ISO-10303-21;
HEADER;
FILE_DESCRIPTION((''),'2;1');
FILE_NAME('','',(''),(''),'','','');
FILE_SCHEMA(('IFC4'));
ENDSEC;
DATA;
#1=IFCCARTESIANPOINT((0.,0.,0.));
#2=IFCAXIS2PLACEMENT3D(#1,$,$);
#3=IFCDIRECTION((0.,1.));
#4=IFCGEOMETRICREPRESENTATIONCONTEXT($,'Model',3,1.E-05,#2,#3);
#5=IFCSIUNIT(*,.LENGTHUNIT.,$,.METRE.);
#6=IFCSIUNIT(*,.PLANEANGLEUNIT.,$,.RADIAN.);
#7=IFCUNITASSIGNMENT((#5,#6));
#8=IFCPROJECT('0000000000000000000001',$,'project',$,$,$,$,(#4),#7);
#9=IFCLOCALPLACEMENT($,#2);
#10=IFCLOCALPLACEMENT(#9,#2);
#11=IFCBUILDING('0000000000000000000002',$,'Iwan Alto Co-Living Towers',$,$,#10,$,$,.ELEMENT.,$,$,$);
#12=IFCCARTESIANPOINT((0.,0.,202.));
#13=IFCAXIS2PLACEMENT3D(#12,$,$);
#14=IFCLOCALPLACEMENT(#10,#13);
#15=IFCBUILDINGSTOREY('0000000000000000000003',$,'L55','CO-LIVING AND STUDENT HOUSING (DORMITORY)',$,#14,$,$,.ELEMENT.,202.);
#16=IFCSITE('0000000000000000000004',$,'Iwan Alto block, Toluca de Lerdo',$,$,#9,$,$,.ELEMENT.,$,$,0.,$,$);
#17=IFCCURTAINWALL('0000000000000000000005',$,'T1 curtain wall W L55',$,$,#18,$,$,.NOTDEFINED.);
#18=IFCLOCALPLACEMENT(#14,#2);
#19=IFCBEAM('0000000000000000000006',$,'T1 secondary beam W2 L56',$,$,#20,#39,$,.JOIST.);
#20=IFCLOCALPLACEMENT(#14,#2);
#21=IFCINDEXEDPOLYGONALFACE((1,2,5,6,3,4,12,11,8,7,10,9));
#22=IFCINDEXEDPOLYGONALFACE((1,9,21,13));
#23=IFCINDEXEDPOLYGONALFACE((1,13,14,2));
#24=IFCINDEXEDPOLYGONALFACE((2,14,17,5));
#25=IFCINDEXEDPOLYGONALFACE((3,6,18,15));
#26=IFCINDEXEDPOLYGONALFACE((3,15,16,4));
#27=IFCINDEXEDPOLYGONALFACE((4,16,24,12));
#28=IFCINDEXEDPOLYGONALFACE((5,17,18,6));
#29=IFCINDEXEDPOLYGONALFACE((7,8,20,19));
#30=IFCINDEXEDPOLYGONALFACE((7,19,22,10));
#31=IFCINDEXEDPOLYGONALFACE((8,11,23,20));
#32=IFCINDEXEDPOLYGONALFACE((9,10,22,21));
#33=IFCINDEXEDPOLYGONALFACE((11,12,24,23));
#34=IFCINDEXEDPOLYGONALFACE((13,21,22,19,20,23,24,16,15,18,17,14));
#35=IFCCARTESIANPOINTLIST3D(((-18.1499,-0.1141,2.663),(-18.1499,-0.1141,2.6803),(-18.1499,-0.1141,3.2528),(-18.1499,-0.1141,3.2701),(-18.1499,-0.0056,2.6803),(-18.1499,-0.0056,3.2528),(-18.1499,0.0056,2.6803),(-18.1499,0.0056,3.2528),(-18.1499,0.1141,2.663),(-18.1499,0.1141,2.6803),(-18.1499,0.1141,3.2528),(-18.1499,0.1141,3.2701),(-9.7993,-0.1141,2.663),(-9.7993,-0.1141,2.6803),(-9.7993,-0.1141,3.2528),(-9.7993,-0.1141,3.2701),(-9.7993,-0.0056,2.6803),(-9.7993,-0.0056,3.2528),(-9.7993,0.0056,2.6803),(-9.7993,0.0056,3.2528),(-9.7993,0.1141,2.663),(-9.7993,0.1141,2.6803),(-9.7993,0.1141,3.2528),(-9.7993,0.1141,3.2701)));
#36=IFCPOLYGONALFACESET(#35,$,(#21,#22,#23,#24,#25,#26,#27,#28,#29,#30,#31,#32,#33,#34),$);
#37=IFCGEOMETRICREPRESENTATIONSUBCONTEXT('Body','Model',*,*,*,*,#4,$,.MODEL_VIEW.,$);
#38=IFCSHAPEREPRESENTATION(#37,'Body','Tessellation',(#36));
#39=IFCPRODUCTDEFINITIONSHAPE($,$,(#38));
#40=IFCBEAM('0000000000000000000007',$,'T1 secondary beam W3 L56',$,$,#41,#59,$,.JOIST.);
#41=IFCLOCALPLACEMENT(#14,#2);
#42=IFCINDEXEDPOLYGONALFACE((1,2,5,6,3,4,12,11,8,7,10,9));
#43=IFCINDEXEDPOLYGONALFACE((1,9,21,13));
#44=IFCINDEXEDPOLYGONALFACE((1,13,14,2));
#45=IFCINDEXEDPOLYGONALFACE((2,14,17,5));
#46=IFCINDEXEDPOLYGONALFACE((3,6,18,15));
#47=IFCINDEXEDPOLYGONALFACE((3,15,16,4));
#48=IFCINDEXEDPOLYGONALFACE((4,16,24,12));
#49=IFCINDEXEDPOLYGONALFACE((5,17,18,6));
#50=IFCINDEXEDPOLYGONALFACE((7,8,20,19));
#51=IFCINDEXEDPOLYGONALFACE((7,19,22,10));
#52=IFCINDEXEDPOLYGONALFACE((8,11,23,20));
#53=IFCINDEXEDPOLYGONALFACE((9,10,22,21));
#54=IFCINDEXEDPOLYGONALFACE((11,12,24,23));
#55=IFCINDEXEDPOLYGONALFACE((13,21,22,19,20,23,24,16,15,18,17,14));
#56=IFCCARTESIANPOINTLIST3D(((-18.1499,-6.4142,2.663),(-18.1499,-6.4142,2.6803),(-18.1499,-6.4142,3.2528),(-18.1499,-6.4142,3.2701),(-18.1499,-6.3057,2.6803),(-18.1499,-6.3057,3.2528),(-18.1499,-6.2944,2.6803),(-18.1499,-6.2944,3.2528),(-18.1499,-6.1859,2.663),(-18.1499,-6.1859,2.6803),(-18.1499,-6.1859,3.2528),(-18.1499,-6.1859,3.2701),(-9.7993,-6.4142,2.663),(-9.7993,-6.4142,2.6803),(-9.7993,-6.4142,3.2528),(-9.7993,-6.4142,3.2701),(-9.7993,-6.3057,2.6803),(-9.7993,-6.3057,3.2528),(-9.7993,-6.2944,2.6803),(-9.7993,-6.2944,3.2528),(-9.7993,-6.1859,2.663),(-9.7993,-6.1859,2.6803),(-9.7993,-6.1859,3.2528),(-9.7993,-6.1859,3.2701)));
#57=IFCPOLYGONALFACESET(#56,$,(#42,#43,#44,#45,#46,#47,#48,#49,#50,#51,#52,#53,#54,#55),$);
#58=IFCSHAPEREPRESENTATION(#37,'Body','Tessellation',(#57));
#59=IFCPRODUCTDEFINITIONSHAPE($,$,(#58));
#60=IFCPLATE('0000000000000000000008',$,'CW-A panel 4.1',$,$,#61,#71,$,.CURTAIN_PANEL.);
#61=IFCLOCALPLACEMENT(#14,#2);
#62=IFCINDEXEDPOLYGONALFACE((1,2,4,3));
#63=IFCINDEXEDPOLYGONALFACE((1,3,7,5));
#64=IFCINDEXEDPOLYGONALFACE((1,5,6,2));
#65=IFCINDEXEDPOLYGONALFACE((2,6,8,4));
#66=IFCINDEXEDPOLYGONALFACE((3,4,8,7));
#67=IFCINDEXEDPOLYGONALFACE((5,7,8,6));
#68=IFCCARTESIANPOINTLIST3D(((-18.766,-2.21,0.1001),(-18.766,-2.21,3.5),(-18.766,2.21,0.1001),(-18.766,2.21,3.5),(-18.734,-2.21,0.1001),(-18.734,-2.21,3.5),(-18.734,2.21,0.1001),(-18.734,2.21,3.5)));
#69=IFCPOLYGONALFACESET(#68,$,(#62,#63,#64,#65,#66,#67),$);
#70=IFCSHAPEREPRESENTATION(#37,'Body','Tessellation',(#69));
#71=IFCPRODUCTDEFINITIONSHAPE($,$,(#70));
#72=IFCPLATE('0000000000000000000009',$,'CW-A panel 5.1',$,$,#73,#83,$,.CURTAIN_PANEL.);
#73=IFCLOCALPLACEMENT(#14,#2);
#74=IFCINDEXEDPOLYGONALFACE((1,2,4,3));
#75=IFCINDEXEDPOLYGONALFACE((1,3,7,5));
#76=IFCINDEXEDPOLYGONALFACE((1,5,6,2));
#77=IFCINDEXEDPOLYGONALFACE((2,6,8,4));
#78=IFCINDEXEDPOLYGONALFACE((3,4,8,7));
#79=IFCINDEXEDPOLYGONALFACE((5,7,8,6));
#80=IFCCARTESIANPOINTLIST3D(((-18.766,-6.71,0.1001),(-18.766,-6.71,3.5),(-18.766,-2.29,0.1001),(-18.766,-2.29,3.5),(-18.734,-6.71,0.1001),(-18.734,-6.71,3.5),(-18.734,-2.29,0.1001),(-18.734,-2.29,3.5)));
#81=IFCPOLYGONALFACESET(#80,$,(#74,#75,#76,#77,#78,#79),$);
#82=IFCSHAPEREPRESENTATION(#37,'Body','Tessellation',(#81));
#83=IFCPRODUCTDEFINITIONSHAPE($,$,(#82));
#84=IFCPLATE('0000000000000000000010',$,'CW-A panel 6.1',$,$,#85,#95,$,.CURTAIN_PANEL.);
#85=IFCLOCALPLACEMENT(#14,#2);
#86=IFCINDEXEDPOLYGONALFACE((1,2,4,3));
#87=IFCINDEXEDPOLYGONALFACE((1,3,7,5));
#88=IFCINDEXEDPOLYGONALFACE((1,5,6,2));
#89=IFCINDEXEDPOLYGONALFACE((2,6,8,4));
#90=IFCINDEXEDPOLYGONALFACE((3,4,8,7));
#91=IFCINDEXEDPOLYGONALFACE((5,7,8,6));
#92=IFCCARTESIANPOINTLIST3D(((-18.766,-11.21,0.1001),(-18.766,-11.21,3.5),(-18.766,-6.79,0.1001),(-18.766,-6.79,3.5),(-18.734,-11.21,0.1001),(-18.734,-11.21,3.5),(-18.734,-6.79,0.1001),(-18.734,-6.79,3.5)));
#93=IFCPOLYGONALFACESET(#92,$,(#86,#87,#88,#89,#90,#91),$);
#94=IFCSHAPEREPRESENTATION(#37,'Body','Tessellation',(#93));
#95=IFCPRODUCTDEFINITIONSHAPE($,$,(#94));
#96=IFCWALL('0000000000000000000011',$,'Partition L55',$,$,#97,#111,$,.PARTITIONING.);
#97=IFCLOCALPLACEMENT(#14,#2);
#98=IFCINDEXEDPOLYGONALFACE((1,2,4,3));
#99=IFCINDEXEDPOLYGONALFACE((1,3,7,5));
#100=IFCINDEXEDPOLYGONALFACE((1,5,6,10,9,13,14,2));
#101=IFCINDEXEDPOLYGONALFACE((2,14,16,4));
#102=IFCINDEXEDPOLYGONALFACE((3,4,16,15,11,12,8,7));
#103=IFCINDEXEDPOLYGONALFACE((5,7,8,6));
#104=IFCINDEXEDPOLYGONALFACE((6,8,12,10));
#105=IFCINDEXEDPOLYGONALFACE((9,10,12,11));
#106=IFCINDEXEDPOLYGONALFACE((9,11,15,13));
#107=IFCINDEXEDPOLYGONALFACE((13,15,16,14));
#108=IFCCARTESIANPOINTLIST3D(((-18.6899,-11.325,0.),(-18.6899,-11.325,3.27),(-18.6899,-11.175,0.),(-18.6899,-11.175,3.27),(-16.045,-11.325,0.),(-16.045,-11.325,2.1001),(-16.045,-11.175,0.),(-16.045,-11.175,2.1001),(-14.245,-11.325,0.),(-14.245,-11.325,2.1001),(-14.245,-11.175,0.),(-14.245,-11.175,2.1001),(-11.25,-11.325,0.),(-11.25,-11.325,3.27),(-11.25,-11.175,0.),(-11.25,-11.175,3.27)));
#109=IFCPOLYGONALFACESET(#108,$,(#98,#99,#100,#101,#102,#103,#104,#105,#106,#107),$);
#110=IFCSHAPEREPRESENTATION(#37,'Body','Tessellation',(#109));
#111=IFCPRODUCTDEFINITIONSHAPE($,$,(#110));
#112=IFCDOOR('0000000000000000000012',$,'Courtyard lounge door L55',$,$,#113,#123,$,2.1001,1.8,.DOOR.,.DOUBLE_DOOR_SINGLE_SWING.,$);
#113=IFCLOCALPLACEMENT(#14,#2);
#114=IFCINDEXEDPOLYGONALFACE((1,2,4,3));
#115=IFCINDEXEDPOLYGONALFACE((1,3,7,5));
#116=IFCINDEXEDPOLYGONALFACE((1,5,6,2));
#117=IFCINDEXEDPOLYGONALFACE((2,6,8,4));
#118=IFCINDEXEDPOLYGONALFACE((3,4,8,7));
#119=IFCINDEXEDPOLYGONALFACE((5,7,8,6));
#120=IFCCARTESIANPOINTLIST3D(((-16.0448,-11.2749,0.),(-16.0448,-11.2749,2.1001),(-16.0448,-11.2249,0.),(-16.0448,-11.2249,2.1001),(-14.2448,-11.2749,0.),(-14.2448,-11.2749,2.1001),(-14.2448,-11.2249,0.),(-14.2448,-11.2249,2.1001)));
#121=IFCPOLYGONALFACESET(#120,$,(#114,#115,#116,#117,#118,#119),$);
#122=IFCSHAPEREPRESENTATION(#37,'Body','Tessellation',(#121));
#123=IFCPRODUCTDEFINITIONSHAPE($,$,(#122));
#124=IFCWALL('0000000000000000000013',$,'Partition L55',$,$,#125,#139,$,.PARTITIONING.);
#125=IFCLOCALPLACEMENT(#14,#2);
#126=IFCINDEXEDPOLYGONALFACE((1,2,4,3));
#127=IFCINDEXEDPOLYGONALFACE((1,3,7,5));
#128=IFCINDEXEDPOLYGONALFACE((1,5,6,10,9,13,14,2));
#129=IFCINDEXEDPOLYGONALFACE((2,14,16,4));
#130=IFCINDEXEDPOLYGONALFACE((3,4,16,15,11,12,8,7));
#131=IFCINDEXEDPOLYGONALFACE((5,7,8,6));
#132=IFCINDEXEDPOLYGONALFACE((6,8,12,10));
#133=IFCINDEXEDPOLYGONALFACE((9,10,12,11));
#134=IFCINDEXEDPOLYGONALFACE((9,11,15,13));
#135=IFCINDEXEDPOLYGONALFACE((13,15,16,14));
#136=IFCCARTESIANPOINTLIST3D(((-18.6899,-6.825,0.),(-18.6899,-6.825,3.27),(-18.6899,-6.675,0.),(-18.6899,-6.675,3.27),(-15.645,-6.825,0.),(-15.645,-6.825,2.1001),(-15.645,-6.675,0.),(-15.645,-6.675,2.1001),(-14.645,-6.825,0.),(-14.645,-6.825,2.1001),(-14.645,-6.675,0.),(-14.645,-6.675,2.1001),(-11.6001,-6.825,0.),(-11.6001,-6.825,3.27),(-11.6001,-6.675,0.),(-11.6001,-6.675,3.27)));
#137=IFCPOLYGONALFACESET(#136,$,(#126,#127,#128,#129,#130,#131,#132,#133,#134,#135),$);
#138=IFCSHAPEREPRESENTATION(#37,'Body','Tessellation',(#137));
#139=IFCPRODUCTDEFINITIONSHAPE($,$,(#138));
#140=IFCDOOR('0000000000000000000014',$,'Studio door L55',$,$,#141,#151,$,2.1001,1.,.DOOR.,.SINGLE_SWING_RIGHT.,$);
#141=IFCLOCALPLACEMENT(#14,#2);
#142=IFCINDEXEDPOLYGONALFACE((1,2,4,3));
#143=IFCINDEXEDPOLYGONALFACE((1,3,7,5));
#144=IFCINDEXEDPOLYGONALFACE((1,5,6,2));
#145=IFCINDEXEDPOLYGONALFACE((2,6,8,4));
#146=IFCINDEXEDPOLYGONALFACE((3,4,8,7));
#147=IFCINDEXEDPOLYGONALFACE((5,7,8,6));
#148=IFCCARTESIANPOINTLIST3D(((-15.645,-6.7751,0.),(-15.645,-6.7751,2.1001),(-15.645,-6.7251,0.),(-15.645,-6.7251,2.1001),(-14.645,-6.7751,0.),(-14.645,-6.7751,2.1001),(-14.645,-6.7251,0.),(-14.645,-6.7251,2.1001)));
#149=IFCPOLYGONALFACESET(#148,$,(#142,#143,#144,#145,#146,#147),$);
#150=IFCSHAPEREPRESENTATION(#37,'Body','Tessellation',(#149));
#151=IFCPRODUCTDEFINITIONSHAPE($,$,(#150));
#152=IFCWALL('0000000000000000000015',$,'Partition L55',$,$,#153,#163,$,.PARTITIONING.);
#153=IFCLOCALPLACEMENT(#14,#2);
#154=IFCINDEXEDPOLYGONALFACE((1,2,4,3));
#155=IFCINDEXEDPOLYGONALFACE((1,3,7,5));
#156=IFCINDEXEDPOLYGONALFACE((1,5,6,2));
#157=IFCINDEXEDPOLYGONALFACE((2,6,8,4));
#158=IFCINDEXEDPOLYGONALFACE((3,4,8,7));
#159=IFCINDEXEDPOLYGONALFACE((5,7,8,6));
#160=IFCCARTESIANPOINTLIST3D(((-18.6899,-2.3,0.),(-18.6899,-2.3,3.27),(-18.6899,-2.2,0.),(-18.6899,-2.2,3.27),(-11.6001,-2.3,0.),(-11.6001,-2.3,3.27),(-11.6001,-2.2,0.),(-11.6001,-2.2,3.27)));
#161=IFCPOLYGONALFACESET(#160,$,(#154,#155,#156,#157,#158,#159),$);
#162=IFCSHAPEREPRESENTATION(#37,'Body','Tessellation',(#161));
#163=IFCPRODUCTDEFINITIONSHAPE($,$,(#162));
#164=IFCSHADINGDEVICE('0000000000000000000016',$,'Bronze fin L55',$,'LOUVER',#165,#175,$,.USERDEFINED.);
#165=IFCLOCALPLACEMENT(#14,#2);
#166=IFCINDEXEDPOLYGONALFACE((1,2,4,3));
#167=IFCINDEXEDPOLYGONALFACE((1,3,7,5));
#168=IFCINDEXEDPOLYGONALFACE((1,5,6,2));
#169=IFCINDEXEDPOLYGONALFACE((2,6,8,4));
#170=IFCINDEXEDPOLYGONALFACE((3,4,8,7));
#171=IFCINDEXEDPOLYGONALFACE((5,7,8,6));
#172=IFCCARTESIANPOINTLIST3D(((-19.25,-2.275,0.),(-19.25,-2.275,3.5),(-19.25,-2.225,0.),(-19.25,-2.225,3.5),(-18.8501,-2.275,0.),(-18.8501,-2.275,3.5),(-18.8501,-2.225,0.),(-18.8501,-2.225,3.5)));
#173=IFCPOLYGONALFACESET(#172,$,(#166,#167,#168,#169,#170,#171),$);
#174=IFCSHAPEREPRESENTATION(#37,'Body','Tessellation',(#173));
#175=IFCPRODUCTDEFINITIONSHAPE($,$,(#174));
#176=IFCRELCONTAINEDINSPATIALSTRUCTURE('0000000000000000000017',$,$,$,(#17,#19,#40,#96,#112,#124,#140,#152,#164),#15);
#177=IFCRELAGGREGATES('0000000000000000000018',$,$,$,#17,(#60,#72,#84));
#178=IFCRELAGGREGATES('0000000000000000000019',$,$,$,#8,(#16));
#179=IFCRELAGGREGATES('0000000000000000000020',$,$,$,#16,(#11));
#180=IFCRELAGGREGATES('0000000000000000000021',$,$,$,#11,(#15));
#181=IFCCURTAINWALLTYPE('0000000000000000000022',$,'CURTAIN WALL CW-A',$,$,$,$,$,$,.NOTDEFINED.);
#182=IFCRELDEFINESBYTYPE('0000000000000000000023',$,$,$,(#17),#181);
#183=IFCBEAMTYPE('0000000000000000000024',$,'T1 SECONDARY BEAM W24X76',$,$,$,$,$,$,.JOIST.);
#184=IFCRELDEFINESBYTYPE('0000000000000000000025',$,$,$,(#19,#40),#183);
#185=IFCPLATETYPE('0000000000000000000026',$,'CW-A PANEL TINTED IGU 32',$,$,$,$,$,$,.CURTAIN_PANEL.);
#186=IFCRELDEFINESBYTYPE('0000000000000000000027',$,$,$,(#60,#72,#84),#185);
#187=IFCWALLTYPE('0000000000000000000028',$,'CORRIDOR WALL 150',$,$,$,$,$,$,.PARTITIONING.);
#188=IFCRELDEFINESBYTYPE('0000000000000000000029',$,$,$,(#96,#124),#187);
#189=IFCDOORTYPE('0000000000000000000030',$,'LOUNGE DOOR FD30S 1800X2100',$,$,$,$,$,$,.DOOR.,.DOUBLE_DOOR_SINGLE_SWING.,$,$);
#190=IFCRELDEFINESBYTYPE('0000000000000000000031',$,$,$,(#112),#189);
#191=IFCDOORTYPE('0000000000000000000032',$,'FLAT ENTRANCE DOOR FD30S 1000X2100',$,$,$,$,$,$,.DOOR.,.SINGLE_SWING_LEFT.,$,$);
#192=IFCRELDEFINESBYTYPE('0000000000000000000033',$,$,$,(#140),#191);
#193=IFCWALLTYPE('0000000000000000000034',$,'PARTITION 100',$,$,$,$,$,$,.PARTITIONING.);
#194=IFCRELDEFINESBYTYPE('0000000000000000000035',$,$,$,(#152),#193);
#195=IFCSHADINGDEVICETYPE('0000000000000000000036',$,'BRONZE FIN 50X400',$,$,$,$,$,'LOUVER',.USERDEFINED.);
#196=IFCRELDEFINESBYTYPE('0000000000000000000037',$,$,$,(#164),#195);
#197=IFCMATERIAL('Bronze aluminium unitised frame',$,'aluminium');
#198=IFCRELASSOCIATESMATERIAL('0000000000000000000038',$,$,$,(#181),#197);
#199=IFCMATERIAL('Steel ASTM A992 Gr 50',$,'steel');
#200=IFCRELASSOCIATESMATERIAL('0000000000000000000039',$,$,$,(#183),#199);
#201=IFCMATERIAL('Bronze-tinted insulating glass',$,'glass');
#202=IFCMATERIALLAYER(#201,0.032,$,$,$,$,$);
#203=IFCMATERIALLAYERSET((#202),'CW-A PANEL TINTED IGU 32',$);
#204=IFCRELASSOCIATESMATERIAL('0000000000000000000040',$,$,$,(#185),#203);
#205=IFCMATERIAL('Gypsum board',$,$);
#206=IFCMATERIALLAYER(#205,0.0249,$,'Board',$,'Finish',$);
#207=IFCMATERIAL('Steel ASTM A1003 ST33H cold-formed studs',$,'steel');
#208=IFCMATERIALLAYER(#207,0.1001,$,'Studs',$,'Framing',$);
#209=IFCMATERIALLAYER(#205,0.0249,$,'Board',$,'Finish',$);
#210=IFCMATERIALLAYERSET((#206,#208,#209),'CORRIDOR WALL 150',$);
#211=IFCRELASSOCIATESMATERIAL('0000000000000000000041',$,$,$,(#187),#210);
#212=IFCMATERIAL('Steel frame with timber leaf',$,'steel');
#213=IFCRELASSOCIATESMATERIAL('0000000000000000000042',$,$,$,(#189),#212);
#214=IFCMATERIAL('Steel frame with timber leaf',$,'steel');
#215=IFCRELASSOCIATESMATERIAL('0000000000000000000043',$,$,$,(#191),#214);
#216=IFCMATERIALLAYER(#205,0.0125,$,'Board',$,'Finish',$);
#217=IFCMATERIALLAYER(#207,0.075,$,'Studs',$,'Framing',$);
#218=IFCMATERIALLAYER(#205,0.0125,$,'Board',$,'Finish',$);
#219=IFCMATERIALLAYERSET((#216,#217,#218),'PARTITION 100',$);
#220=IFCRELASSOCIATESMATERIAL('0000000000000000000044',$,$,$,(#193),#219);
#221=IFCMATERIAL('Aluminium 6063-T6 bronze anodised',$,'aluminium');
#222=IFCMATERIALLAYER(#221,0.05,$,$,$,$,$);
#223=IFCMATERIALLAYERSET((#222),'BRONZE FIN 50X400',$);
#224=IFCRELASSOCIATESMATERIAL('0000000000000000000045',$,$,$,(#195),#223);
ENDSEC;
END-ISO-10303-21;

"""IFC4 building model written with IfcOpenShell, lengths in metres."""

from ifc_helpers import new_model, si_unit, direction, frame, frame_2d, origin, origin_2d, place, context, subcontext, project, spatial, rectangle, i_section, extrude, material, layer, layer_set, material_profile, profile_set, type_object, element, fill, aggregate, save


model = new_model("IFC4")

# Units and contexts
model_context = context("Model", 3, precision=1e-05, world=origin(), true_north=direction((0.0, 1.0)))
body_context = subcontext(model_context, "Body", "Model", "MODEL_VIEW")
ifc_project = project(units=[si_unit("LENGTHUNIT", "METRE"), si_unit("PLANEANGLEUNIT", "RADIAN")], contexts=[model_context])

# Site, building, storey
site_placement = place(None, origin())
site = spatial("IfcSite", under=ifc_project, at=site_placement, Name="Iwan Alto block, Toluca de Lerdo", CompositionType="ELEMENT", RefElevation=0.0)
building_placement = place(site_placement, origin())
building = spatial("IfcBuilding", under=site, at=building_placement, Name="Iwan Alto Co-Living Towers", CompositionType="ELEMENT")
storey_placement = place(building_placement, frame((0.0, 0.0, 202.0)))
storey = spatial("IfcBuildingStorey", under=building, at=storey_placement, Name="L55", Description="CO-LIVING AND STUDENT HOUSING (DORMITORY)", CompositionType="ELEMENT", Elevation=202.0)

# Curtain wall
ifc_material_1 = material(Name="Bronze aluminium unitised frame", Category="aluminium")
curtain_wall_type = type_object("IfcCurtainWallType", Name="CURTAIN WALL CW-A", PredefinedType="NOTDEFINED", material=ifc_material_1)
curtain_wall_placement = place(storey_placement, origin())
curtain_wall = element("IfcCurtainWall", 1, at=curtain_wall_placement, inside=storey, type_object=curtain_wall_type, Name="T1 curtain wall W L55", PredefinedType="NOTDEFINED")

# Beams
ifc_material_2 = material(Name="Steel ASTM A992 Gr 50", Category="steel")
ifc_material_profile_1 = material_profile(ifc_material_2, i_section(OverallWidth=0.2283, OverallDepth=0.6072, WebThickness=0.0112, FlangeThickness=0.0173, at=origin_2d()), Name="W24X76")
ifc_profile_set_1 = profile_set([ifc_material_profile_1], Name="Steel ASTM A992 Gr 50")
beam_type_1 = type_object("IfcBeamType", Name="T1 SECONDARY BEAM W24X76", PredefinedType="JOIST", material=ifc_profile_set_1)
for number, where, z_axis, x_axis, name in (
    (2, (-18.1499, 0.0, 2.9666), (1.0, 0.0, 0.0), (0.0, 1.0, 0.0), "T1 secondary beam W2 L56"),
    (3, (-18.1499, -6.3, 2.9666), (1.0, 0.0, 0.0), (0.0, 1.0, 0.0), "T1 secondary beam W3 L56"),
):
    element("IfcBeam", number, at=place(storey_placement, frame(where, z_axis=z_axis, x_axis=x_axis)), inside=storey, type_object=beam_type_1, Name=name, PredefinedType="JOIST", context=body_context, shape_type="SweptSolid", body=[
        extrude(i_section(OverallWidth=0.2283, OverallDepth=0.6072, WebThickness=0.0112, FlangeThickness=0.0173, at=origin_2d()), origin(), (0.0, 0.0, 1.0), 8.3506),
    ])

# Plates
ifc_material_3 = material(Name="Bronze-tinted insulating glass", Category="glass")
ifc_layer_1 = layer(ifc_material_3, 0.032)
ifc_layer_set_1 = layer_set([ifc_layer_1], Name="CW-A PANEL TINTED IGU 32")
plate_type = type_object("IfcPlateType", Name="CW-A PANEL TINTED IGU 32", PredefinedType="CURTAIN_PANEL", material=ifc_layer_set_1)
plate_1_placement = place(storey_placement, frame((-18.75, 0.0, 0.1001), z_axis=(0.0, 0.0, 1.0), x_axis=(0.0, -1.0, 0.0)))
plate_1 = element("IfcPlate", 4, at=plate_1_placement, type_object=plate_type, Name="CW-A panel 4.1", PredefinedType="CURTAIN_PANEL", context=body_context, shape_type="SweptSolid", body=[
    extrude(rectangle(XDim=4.4199, YDim=0.032, at=origin_2d()), origin(), (0.0, 0.0, 1.0), 3.3999),
])
plate_2_placement = place(storey_placement, frame((-18.75, -4.5, 0.1001), z_axis=(0.0, 0.0, 1.0), x_axis=(0.0, -1.0, 0.0)))
plate_2 = element("IfcPlate", 5, at=plate_2_placement, type_object=plate_type, Name="CW-A panel 5.1", PredefinedType="CURTAIN_PANEL", context=body_context, shape_type="SweptSolid", body=[
    extrude(rectangle(XDim=4.4199, YDim=0.032, at=origin_2d()), origin(), (0.0, 0.0, 1.0), 3.3999),
])
plate_3_placement = place(storey_placement, frame((-18.75, -9.0, 0.1001), z_axis=(0.0, 0.0, 1.0), x_axis=(0.0, -1.0, 0.0)))
plate_3 = element("IfcPlate", 6, at=plate_3_placement, type_object=plate_type, Name="CW-A panel 6.1", PredefinedType="CURTAIN_PANEL", context=body_context, shape_type="SweptSolid", body=[
    extrude(rectangle(XDim=4.4199, YDim=0.032, at=origin_2d()), origin(), (0.0, 0.0, 1.0), 3.3999),
])
aggregate(curtain_wall, [plate_1, plate_2, plate_3])

# Walls, openings, doors
ifc_material_4 = material(Name="Gypsum board")
ifc_layer_2 = layer(ifc_material_4, 0.0249, Name="Board", Category="Finish")
ifc_material_5 = material(Name="Steel ASTM A1003 ST33H cold-formed studs", Category="steel")
ifc_layer_3 = layer(ifc_material_5, 0.1001, Name="Studs", Category="Framing")
ifc_layer_4 = layer(ifc_material_4, 0.0249, Name="Board", Category="Finish")
ifc_layer_set_2 = layer_set([ifc_layer_2, ifc_layer_3, ifc_layer_4], Name="CORRIDOR WALL 150")
wall_type_1 = type_object("IfcWallType", Name="CORRIDOR WALL 150", PredefinedType="PARTITIONING", material=ifc_layer_set_2)
wall_1_placement = place(storey_placement, frame((-18.6899, -11.25, 0.0), z_axis=(0.0, 0.0, 1.0), x_axis=(1.0, 0.0, 0.0)))
wall_1 = element("IfcWall", 7, at=wall_1_placement, inside=storey, type_object=wall_type_1, Name="Partition L55", PredefinedType="PARTITIONING", context=body_context, shape_type="SweptSolid", body=[
    extrude(rectangle(XDim=7.4399, YDim=0.1499, at=frame_2d((3.72, 0.0))), origin(), (0.0, 0.0, 1.0), 3.27),
])
opening_1_placement = place(wall_1_placement, frame((2.645, 0.0, 0.0)))
opening_1 = element("IfcOpeningElement", 8, at=opening_1_placement, cuts=wall_1, PredefinedType="OPENING", context=body_context, shape_type="SweptSolid", body=[
    extrude(rectangle(XDim=1.8, YDim=2.1001, at=frame_2d((0.8999, 1.05))), frame((0.0, 0.085, 0.0), z_axis=(0.0, -1.0, 0.0), x_axis=(1.0, 0.0, 0.0)), (0.0, 0.0, 1.0), 0.1699),
])
ifc_material_6 = material(Name="Steel frame with timber leaf", Category="steel")
door_type_1 = type_object("IfcDoorType", Name="LOUNGE DOOR FD30S 1800X2100", OperationType="DOUBLE_DOOR_SINGLE_SWING", PredefinedType="DOOR", material=ifc_material_6)
door_1_placement = place(opening_1_placement, frame((1.8, 0.0, 0.0), z_axis=(0.0, 0.0, 1.0), x_axis=(-1.0, 0.0, 0.0)))
door_1 = element("IfcDoor", 9, at=door_1_placement, inside=storey, type_object=door_type_1, Name="Courtyard lounge door L55", OperationType="DOUBLE_DOOR_SINGLE_SWING", OverallHeight=2.1001, OverallWidth=1.8, PredefinedType="DOOR", context=body_context, shape_type="SweptSolid", body=[
    extrude(rectangle(XDim=1.8, YDim=2.1001, at=frame_2d((0.8999, 1.05))), frame((0.0, 0.0249, 0.0), z_axis=(0.0, -1.0, 0.0), x_axis=(1.0, 0.0, 0.0)), (0.0, 0.0, 1.0), 0.05),
])
fill(opening_1, door_1)
wall_2_placement = place(storey_placement, frame((-18.6899, -6.75, 0.0), z_axis=(0.0, 0.0, 1.0), x_axis=(1.0, 0.0, 0.0)))
wall_2 = element("IfcWall", 10, at=wall_2_placement, inside=storey, type_object=wall_type_1, Name="Partition L55", PredefinedType="PARTITIONING", context=body_context, shape_type="SweptSolid", body=[
    extrude(rectangle(XDim=7.0898, YDim=0.1499, at=frame_2d((3.5449, 0.0))), origin(), (0.0, 0.0, 1.0), 3.27),
])
opening_2_placement = place(wall_2_placement, frame((3.0449, 0.0, 0.0)))
opening_2 = element("IfcOpeningElement", 11, at=opening_2_placement, cuts=wall_2, PredefinedType="OPENING", context=body_context, shape_type="SweptSolid", body=[
    extrude(rectangle(XDim=1.0, YDim=2.1001, at=frame_2d((0.5, 1.05))), frame((0.0, 0.085, 0.0), z_axis=(0.0, -1.0, 0.0), x_axis=(1.0, 0.0, 0.0)), (0.0, 0.0, 1.0), 0.1699),
])
ifc_material_7 = material(Name="Steel frame with timber leaf", Category="steel")
door_type_2 = type_object("IfcDoorType", Name="FLAT ENTRANCE DOOR FD30S 1000X2100", OperationType="SINGLE_SWING_LEFT", PredefinedType="DOOR", material=ifc_material_7)
door_2_placement = place(opening_2_placement, origin())
door_2 = element("IfcDoor", 12, at=door_2_placement, inside=storey, type_object=door_type_2, Name="Studio door L55", OperationType="SINGLE_SWING_RIGHT", OverallHeight=2.1001, OverallWidth=1.0, PredefinedType="DOOR", context=body_context, shape_type="SweptSolid", body=[
    extrude(rectangle(XDim=1.0, YDim=2.1001, at=frame_2d((0.5, 1.05))), frame((0.0, 0.0249, 0.0), z_axis=(0.0, -1.0, 0.0), x_axis=(1.0, 0.0, 0.0)), (0.0, 0.0, 1.0), 0.05),
])
fill(opening_2, door_2)

# Wall
ifc_layer_5 = layer(ifc_material_4, 0.0125, Name="Board", Category="Finish")
ifc_layer_6 = layer(ifc_material_5, 0.075, Name="Studs", Category="Framing")
ifc_layer_7 = layer(ifc_material_4, 0.0125, Name="Board", Category="Finish")
ifc_layer_set_3 = layer_set([ifc_layer_5, ifc_layer_6, ifc_layer_7], Name="PARTITION 100")
wall_type_2 = type_object("IfcWallType", Name="PARTITION 100", PredefinedType="PARTITIONING", material=ifc_layer_set_3)
wall_3_placement = place(storey_placement, frame((-18.6899, -2.25, 0.0), z_axis=(0.0, 0.0, 1.0), x_axis=(1.0, 0.0, 0.0)))
element("IfcWall", 13, at=wall_3_placement, inside=storey, type_object=wall_type_2, Name="Partition L55", PredefinedType="PARTITIONING", context=body_context, shape_type="SweptSolid", body=[
    extrude(rectangle(XDim=7.0898, YDim=0.1001, at=frame_2d((3.5449, 0.0))), origin(), (0.0, 0.0, 1.0), 3.27),
])

# Shading device
ifc_material_8 = material(Name="Aluminium 6063-T6 bronze anodised", Category="aluminium")
ifc_layer_8 = layer(ifc_material_8, 0.05)
ifc_layer_set_4 = layer_set([ifc_layer_8], Name="BRONZE FIN 50X400")
shading_device_type = type_object("IfcShadingDeviceType", Name="BRONZE FIN 50X400", ElementType="LOUVER", PredefinedType="USERDEFINED", material=ifc_layer_set_4)
shading_device_placement = place(storey_placement, frame((-19.05, -2.25, 0.0), z_axis=(0.0, 0.0, 1.0), x_axis=(0.0, -1.0, 0.0)))
element("IfcShadingDevice", 14, at=shading_device_placement, inside=storey, type_object=shading_device_type, Name="Bronze fin L55", ObjectType="LOUVER", PredefinedType="USERDEFINED", context=body_context, shape_type="SweptSolid", body=[
    extrude(rectangle(XDim=0.05, YDim=0.3999, at=origin_2d()), origin(), (0.0, 0.0, 1.0), 3.5),
])

save(model, "model.ifc")
